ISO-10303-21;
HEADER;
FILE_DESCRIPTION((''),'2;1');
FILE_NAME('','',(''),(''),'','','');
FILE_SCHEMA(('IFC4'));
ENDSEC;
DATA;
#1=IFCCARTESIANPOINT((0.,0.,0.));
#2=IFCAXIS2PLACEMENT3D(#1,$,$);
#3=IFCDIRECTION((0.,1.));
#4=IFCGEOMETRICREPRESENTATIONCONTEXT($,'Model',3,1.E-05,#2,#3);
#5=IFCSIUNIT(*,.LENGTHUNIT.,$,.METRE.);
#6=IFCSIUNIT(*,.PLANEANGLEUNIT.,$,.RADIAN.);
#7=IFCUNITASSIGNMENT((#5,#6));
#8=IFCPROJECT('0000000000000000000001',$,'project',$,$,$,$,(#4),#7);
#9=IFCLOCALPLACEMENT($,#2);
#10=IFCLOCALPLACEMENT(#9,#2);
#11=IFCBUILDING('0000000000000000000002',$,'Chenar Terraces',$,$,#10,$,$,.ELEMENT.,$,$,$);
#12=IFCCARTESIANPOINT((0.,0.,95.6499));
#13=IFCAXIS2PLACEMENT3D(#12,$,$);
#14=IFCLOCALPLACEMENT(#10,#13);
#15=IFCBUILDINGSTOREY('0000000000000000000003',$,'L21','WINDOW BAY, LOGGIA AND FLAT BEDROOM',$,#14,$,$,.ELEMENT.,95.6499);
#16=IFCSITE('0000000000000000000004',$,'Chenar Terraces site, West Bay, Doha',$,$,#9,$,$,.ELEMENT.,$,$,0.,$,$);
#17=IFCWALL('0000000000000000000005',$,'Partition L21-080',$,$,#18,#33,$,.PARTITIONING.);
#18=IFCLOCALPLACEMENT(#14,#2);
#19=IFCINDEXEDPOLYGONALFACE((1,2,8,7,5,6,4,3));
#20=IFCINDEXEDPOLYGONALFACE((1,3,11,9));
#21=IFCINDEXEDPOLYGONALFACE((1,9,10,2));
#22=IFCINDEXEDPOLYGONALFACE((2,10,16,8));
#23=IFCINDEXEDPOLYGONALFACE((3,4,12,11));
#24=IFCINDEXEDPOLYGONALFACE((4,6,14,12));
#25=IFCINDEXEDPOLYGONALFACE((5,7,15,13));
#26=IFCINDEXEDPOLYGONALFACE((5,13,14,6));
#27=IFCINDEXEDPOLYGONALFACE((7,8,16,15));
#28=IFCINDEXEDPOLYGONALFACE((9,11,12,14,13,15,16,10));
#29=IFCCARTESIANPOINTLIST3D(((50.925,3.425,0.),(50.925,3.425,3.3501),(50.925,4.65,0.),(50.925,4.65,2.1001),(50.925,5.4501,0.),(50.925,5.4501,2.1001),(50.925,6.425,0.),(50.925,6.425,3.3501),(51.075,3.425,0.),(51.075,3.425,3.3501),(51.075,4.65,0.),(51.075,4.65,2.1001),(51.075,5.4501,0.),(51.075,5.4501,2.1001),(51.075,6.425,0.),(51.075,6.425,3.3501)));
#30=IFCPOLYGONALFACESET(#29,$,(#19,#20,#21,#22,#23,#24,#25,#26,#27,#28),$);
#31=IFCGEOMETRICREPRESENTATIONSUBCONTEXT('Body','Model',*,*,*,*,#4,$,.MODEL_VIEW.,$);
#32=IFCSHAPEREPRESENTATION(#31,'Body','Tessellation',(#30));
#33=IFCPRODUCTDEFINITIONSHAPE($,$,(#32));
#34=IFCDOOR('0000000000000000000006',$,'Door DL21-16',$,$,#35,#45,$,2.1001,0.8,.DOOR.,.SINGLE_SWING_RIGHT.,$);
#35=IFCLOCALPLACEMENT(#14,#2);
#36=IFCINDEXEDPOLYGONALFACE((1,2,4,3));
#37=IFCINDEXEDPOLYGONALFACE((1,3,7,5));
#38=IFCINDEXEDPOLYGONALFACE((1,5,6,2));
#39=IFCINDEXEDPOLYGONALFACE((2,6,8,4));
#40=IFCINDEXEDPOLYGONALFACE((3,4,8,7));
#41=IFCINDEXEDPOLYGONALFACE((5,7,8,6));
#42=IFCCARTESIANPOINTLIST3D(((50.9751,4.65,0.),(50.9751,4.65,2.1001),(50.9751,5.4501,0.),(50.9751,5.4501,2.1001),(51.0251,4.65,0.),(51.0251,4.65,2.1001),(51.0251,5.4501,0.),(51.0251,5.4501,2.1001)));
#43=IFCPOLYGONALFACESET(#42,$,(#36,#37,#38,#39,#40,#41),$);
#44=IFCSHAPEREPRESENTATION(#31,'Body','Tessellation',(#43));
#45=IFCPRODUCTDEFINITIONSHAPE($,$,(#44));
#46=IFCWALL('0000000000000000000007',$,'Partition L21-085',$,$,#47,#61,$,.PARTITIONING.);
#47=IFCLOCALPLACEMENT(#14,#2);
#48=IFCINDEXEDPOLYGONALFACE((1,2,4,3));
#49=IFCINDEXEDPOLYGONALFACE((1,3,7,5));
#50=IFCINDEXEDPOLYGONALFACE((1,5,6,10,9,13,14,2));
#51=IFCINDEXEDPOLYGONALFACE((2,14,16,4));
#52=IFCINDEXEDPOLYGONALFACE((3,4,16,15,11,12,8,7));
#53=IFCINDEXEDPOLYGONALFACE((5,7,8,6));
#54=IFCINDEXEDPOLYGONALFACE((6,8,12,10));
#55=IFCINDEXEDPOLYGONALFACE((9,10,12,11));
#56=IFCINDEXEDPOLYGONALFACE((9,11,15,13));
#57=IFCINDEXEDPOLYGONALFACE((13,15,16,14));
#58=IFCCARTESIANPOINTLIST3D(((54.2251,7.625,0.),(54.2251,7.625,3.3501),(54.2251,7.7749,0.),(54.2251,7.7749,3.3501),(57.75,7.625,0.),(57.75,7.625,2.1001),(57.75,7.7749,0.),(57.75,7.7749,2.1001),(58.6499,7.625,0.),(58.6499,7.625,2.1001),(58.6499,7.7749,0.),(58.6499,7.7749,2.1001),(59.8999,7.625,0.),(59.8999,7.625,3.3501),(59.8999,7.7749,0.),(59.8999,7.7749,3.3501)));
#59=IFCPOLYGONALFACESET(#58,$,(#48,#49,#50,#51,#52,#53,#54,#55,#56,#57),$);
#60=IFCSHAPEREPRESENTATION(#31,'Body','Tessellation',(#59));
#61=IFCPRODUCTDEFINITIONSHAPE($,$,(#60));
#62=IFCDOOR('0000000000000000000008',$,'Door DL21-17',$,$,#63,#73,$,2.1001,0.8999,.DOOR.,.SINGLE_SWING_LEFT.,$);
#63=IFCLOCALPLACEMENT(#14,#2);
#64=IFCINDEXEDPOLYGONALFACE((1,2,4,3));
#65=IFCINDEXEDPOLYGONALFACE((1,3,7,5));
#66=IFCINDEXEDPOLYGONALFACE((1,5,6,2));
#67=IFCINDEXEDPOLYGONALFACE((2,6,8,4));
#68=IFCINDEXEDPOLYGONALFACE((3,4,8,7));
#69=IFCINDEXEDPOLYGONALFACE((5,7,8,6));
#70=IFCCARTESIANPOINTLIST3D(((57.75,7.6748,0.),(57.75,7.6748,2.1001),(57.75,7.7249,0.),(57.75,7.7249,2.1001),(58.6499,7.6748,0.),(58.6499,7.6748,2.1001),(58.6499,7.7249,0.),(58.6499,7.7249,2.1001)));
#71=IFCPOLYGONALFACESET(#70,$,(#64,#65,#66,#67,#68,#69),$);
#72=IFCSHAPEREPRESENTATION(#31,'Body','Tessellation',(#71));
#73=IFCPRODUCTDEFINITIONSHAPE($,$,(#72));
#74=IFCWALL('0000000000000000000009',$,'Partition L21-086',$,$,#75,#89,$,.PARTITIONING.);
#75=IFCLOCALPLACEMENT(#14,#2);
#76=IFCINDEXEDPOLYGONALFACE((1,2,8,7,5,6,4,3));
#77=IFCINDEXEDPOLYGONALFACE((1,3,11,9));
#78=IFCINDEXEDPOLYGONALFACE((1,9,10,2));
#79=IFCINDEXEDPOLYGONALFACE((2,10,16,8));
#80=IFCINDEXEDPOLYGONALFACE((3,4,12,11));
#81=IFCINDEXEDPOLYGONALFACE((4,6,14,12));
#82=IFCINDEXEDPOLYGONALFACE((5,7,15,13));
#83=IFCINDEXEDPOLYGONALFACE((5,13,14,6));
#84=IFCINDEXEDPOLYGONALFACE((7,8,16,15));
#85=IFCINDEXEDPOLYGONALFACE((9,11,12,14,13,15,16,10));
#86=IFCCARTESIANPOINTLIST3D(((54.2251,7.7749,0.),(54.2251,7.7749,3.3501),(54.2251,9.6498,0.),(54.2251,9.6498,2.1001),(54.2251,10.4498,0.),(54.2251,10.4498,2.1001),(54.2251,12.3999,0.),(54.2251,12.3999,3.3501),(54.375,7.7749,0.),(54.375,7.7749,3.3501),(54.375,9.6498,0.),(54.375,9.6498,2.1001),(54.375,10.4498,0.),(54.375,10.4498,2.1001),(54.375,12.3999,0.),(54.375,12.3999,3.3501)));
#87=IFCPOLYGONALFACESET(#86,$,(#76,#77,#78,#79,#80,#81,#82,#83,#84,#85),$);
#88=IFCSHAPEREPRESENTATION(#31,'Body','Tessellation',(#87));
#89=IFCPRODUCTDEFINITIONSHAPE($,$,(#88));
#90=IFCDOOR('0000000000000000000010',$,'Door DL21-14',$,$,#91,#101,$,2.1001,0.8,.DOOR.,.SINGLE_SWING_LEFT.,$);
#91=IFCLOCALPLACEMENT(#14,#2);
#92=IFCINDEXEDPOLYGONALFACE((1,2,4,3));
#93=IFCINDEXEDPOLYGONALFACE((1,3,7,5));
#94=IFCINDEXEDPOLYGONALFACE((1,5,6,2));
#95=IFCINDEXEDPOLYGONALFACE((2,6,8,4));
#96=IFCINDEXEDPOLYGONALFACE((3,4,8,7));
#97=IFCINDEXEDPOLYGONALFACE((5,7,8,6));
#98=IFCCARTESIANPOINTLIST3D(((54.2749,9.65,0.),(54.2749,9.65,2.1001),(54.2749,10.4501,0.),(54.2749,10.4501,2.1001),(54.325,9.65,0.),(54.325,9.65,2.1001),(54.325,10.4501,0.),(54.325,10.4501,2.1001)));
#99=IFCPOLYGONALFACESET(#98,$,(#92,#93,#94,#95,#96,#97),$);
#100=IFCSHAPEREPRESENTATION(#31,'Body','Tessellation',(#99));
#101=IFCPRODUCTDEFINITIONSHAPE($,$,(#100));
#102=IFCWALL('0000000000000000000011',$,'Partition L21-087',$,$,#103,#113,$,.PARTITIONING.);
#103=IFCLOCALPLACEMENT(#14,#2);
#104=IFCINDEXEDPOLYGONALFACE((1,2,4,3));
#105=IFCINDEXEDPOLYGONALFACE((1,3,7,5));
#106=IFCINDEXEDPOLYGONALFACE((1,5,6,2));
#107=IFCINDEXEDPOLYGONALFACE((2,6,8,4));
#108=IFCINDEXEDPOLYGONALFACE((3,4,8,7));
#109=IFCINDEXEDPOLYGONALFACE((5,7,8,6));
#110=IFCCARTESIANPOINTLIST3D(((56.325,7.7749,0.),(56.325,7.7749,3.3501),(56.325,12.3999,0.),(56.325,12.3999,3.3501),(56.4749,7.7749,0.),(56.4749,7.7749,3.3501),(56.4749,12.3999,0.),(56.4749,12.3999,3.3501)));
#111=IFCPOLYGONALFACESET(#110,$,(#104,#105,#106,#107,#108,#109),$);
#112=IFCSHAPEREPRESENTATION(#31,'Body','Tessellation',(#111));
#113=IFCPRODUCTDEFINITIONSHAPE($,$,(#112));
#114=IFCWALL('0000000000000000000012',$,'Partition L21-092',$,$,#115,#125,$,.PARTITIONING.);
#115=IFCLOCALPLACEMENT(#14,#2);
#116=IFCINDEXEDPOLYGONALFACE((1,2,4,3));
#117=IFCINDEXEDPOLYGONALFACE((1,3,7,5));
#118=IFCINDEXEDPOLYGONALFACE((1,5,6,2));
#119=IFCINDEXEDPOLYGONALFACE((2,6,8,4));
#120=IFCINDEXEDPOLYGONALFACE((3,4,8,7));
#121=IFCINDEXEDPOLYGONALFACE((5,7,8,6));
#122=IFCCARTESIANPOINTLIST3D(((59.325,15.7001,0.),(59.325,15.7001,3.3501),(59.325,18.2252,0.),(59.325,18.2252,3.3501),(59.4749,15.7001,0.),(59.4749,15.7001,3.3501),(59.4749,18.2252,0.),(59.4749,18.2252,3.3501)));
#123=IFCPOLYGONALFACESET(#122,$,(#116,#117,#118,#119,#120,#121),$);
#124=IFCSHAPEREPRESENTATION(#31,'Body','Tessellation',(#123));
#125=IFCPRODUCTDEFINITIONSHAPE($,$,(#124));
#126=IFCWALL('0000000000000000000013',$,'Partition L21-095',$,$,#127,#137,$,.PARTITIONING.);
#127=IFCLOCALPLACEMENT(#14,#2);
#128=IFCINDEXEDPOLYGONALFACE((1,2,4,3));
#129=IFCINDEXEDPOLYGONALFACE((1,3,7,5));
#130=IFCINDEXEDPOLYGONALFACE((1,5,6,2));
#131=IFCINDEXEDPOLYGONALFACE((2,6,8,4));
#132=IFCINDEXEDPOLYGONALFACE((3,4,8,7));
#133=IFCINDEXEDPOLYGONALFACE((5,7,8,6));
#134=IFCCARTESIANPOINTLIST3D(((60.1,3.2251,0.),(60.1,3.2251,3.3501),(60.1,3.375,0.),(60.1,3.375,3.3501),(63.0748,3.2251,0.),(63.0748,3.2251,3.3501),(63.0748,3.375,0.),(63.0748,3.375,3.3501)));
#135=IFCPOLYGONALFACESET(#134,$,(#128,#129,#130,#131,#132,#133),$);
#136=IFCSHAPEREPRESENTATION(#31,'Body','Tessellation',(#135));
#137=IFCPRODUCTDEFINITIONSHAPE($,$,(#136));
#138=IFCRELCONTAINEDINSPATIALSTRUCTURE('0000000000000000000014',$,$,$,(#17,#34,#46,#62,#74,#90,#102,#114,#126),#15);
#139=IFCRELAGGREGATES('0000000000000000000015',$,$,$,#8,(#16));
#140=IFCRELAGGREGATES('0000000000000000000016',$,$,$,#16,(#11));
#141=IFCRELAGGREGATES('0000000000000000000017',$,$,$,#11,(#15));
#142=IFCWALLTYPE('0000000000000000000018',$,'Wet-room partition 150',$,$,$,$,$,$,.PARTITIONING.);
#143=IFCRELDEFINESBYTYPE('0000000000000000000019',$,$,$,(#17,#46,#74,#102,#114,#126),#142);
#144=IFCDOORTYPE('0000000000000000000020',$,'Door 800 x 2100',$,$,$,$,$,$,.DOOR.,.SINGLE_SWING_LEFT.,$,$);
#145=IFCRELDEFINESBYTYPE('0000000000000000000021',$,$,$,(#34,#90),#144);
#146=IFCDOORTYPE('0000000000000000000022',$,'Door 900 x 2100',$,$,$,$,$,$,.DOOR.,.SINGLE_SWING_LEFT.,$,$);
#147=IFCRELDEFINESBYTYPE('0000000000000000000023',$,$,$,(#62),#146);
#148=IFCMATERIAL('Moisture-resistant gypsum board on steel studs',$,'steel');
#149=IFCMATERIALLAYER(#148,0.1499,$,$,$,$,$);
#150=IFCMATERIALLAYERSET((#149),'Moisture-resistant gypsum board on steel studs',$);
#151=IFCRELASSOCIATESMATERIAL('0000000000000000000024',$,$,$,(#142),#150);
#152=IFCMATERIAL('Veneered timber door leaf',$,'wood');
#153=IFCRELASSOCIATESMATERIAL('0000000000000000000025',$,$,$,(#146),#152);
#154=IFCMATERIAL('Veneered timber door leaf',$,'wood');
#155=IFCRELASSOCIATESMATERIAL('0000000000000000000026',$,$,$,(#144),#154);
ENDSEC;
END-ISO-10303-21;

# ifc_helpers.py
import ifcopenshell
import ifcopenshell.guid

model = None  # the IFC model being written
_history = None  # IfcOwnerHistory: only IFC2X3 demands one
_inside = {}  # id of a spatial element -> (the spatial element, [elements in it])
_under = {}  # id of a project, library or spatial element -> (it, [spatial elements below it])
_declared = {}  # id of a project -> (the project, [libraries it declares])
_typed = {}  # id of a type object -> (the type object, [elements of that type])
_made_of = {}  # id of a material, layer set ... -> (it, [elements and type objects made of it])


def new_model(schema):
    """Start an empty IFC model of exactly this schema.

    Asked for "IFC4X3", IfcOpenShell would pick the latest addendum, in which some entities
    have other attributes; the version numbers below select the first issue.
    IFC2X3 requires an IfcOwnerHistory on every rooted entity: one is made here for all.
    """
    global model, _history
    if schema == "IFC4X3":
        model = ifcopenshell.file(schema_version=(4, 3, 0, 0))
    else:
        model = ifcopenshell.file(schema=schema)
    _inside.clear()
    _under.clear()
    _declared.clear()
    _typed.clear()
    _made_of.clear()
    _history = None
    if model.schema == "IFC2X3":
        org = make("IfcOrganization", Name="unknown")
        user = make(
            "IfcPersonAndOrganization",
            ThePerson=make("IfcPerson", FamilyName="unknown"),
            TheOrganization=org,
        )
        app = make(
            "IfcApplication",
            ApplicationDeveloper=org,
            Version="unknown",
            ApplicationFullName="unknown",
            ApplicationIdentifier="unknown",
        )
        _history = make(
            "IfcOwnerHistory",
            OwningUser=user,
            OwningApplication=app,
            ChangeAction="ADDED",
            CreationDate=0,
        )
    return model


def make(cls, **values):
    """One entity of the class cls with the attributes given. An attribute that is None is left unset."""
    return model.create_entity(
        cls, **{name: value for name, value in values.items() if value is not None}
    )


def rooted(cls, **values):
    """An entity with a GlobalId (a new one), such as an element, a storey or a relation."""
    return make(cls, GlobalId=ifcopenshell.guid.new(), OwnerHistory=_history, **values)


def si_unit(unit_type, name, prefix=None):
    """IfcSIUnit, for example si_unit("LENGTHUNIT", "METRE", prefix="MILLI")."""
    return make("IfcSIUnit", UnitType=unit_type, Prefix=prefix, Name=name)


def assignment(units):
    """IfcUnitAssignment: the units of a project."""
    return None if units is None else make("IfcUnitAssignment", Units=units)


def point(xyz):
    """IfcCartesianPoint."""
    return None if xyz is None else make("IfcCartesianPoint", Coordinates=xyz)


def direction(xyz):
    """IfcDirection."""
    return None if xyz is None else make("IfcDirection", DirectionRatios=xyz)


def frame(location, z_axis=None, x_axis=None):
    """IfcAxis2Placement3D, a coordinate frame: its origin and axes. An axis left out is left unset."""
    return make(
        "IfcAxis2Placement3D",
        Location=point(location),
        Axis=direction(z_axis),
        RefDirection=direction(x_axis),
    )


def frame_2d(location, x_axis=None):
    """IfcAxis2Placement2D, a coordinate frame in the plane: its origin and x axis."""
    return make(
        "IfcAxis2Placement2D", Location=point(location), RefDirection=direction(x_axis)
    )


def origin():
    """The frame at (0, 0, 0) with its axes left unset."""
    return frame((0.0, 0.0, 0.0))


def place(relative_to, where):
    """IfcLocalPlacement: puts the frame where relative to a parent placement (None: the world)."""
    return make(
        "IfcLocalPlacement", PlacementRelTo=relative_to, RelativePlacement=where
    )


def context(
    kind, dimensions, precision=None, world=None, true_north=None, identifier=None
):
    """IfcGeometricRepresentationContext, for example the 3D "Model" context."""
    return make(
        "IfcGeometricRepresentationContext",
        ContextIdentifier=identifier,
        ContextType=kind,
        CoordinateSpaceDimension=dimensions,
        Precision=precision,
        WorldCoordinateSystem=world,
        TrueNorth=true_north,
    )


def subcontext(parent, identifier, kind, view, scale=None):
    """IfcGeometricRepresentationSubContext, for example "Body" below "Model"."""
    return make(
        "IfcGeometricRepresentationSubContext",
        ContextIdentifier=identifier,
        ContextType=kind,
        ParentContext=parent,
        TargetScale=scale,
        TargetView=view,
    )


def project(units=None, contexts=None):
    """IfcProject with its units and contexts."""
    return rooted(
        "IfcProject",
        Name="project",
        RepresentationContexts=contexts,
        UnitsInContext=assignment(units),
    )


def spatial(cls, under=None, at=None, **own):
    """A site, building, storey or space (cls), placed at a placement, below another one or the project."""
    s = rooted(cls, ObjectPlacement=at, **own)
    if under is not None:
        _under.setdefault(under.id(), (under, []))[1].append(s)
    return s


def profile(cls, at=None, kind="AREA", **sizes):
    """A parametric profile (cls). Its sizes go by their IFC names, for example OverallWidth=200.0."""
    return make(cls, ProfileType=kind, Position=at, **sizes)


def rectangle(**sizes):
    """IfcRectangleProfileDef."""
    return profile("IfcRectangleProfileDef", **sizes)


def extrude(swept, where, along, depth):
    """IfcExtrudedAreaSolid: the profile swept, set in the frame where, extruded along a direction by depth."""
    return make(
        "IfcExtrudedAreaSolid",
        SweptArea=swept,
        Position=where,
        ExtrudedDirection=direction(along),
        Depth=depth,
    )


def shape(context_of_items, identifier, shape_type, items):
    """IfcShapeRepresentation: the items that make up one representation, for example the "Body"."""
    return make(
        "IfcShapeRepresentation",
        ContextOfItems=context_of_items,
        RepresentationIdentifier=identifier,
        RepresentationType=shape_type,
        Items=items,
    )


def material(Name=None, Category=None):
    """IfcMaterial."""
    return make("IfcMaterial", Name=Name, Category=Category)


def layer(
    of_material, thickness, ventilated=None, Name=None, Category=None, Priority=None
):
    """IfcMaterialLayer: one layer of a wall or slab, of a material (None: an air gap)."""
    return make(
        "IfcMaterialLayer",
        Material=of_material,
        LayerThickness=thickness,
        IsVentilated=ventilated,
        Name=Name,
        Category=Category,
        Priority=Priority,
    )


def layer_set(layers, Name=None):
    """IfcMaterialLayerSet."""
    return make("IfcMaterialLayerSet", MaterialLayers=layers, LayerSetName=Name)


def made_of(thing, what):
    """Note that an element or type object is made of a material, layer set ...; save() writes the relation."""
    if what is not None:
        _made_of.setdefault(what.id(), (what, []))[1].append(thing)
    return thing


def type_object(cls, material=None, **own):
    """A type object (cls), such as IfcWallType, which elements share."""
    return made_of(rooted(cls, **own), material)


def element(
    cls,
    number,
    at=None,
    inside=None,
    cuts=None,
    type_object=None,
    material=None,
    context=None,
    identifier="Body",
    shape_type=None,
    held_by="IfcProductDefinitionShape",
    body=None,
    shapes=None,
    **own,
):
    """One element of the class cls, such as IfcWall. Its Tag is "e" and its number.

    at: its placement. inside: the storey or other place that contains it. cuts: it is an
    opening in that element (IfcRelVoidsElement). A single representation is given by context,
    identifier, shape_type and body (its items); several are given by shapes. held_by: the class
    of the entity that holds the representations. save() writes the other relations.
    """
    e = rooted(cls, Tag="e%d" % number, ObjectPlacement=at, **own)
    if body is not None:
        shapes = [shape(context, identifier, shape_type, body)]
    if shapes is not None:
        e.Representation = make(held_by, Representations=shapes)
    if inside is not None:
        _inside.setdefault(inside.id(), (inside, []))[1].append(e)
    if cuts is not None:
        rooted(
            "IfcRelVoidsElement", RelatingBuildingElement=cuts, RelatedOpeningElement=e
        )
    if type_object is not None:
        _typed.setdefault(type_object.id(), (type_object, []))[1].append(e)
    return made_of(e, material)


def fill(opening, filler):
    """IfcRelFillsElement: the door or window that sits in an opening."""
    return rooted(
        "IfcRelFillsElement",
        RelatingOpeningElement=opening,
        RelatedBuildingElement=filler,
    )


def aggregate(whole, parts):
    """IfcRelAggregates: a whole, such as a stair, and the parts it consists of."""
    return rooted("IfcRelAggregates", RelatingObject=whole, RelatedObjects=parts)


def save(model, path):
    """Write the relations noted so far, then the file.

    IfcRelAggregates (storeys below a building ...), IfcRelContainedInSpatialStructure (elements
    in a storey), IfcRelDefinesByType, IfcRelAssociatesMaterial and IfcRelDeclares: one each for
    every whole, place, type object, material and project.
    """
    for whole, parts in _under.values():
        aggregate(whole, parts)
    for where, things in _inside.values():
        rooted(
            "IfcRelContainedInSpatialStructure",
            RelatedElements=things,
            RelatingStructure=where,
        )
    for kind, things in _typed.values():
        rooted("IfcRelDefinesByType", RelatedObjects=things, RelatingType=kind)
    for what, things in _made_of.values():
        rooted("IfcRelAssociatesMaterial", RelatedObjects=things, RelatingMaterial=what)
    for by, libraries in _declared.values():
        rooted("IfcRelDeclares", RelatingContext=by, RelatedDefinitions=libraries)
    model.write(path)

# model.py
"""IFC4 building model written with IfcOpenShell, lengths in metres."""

from ifc_helpers import new_model, si_unit, direction, frame, frame_2d, origin, place, context, subcontext, project, spatial, rectangle, extrude, material, layer, layer_set, type_object, element, fill, save


model = new_model("IFC4")

# Units and contexts
model_context = context("Model", 3, precision=1e-05, world=origin(), true_north=direction((0.0, 1.0)))
body_context = subcontext(model_context, "Body", "Model", "MODEL_VIEW")
ifc_project = project(units=[si_unit("LENGTHUNIT", "METRE"), si_unit("PLANEANGLEUNIT", "RADIAN")], contexts=[model_context])

# Site, building, storey
site_placement = place(None, origin())
site = spatial("IfcSite", under=ifc_project, at=site_placement, Name="Chenar Terraces site, West Bay, Doha", CompositionType="ELEMENT", RefElevation=0.0)
building_placement = place(site_placement, origin())
building = spatial("IfcBuilding", under=site, at=building_placement, Name="Chenar Terraces", CompositionType="ELEMENT")
storey_placement = place(building_placement, frame((0.0, 0.0, 95.6499)))
storey = spatial("IfcBuildingStorey", under=building, at=storey_placement, Name="L21", Description="WINDOW BAY, LOGGIA AND FLAT BEDROOM", CompositionType="ELEMENT", Elevation=95.6499)

# Shared definitions
ifc_material_1 = material(Name="Moisture-resistant gypsum board on steel studs", Category="steel")
ifc_layer_1 = layer(ifc_material_1, 0.1499)
ifc_layer_set_1 = layer_set([ifc_layer_1], Name="Moisture-resistant gypsum board on steel studs")
wall_type_1 = type_object("IfcWallType", Name="Wet-room partition 150", PredefinedType="PARTITIONING", material=ifc_layer_set_1)

# Walls, openings, doors
ifc_material_2 = material(Name="Veneered timber door leaf", Category="wood")
door_type_1 = type_object("IfcDoorType", Name="Door 900 x 2100", OperationType="SINGLE_SWING_LEFT", PredefinedType="DOOR", material=ifc_material_2)
wall_1_placement = place(storey_placement, frame((51.0, 3.425, 0.0), z_axis=(0.0, 0.0, 1.0), x_axis=(0.0, 1.0, 0.0)))
wall_1 = element("IfcWall", 1, at=wall_1_placement, inside=storey, type_object=wall_type_1, Name="Partition L21-080", PredefinedType="PARTITIONING", context=body_context, shape_type="SweptSolid", body=[
    extrude(rectangle(XDim=3.0, YDim=0.1499, at=frame_2d((1.5, 0.0))), origin(), (0.0, 0.0, 1.0), 3.3501),
])
opening_1_placement = place(wall_1_placement, frame((1.2251, 0.0, 0.0)))
opening_1 = element("IfcOpeningElement", 2, at=opening_1_placement, cuts=wall_1, PredefinedType="OPENING", context=body_context, shape_type="SweptSolid", body=[
    extrude(rectangle(XDim=0.8, YDim=2.1001, at=frame_2d((0.3999, 1.05))), frame((0.0, 0.085, 0.0), z_axis=(0.0, -1.0, 0.0), x_axis=(1.0, 0.0, 0.0)), (0.0, 0.0, 1.0), 0.1699),
])
ifc_material_3 = material(Name="Veneered timber door leaf", Category="wood")
door_type_2 = type_object("IfcDoorType", Name="Door 800 x 2100", OperationType="SINGLE_SWING_LEFT", PredefinedType="DOOR", material=ifc_material_3)
door_1_placement = place(opening_1_placement, origin())
door_1 = element("IfcDoor", 3, at=door_1_placement, inside=storey, type_object=door_type_2, Name="Door DL21-16", OperationType="SINGLE_SWING_RIGHT", OverallHeight=2.1001, OverallWidth=0.8, PredefinedType="DOOR", context=body_context, shape_type="SweptSolid", body=[
    extrude(rectangle(XDim=0.8, YDim=2.1001, at=frame_2d((0.3999, 1.05))), frame((0.0, 0.0249, 0.0), z_axis=(0.0, -1.0, 0.0), x_axis=(1.0, 0.0, 0.0)), (0.0, 0.0, 1.0), 0.05),
])
fill(opening_1, door_1)
wall_2_placement = place(storey_placement, frame((54.2251, 7.7, 0.0), z_axis=(0.0, 0.0, 1.0), x_axis=(1.0, 0.0, 0.0)))
wall_2 = element("IfcWall", 4, at=wall_2_placement, inside=storey, type_object=wall_type_1, Name="Partition L21-085", PredefinedType="PARTITIONING", context=body_context, shape_type="SweptSolid", body=[
    extrude(rectangle(XDim=5.6748, YDim=0.1499, at=frame_2d((2.8374, 0.0))), origin(), (0.0, 0.0, 1.0), 3.3501),
])
opening_2_placement = place(wall_2_placement, frame((3.5249, 0.0, 0.0)))
opening_2 = element("IfcOpeningElement", 5, at=opening_2_placement, cuts=wall_2, PredefinedType="OPENING", context=body_context, shape_type="SweptSolid", body=[
    extrude(rectangle(XDim=0.8999, YDim=2.1001, at=frame_2d((0.45, 1.05))), frame((0.0, 0.085, 0.0), z_axis=(0.0, -1.0, 0.0), x_axis=(1.0, 0.0, 0.0)), (0.0, 0.0, 1.0), 0.1699),
])
door_2_placement = place(opening_2_placement, origin())
door_2 = element("IfcDoor", 6, at=door_2_placement, inside=storey, type_object=door_type_1, Name="Door DL21-17", OperationType="SINGLE_SWING_LEFT", OverallHeight=2.1001, OverallWidth=0.8999, PredefinedType="DOOR", context=body_context, shape_type="SweptSolid", body=[
    extrude(rectangle(XDim=0.8999, YDim=2.1001, at=frame_2d((0.45, 1.05))), frame((0.0, 0.0249, 0.0), z_axis=(0.0, -1.0, 0.0), x_axis=(1.0, 0.0, 0.0)), (0.0, 0.0, 1.0), 0.05),
])
fill(opening_2, door_2)
wall_3_placement = place(storey_placement, frame((54.3, 7.7749, 0.0), z_axis=(0.0, 0.0, 1.0), x_axis=(0.0, 1.0, 0.0)))
wall_3 = element("IfcWall", 7, at=wall_3_placement, inside=storey, type_object=wall_type_1, Name="Partition L21-086", PredefinedType="PARTITIONING", context=body_context, shape_type="SweptSolid", body=[
    extrude(rectangle(XDim=4.625, YDim=0.1499, at=frame_2d((2.3125, 0.0))), origin(), (0.0, 0.0, 1.0), 3.3501),
])
opening_3_placement = place(wall_3_placement, frame((1.875, 0.0, 0.0)))
opening_3 = element("IfcOpeningElement", 8, at=opening_3_placement, cuts=wall_3, PredefinedType="OPENING", context=body_context, shape_type="SweptSolid", body=[
    extrude(rectangle(XDim=0.8, YDim=2.1001, at=frame_2d((0.3999, 1.05))), frame((0.0, 0.085, 0.0), z_axis=(0.0, -1.0, 0.0), x_axis=(1.0, 0.0, 0.0)), (0.0, 0.0, 1.0), 0.1699),
])
door_3_placement = place(opening_3_placement, frame((0.8, 0.0, 0.0), z_axis=(0.0, 0.0, 1.0), x_axis=(-1.0, 0.0, 0.0)))
door_3 = element("IfcDoor", 9, at=door_3_placement, inside=storey, type_object=door_type_2, Name="Door DL21-14", OperationType="SINGLE_SWING_LEFT", OverallHeight=2.1001, OverallWidth=0.8, PredefinedType="DOOR", context=body_context, shape_type="SweptSolid", body=[
    extrude(rectangle(XDim=0.8, YDim=2.1001, at=frame_2d((0.3999, 1.05))), frame((0.0, 0.0249, 0.0), z_axis=(0.0, -1.0, 0.0), x_axis=(1.0, 0.0, 0.0)), (0.0, 0.0, 1.0), 0.05),
])
fill(opening_3, door_3)

# Walls
wall_4_placement = place(storey_placement, frame((56.3999, 7.7749, 0.0), z_axis=(0.0, 0.0, 1.0), x_axis=(0.0, 1.0, 0.0)))
element("IfcWall", 10, at=wall_4_placement, inside=storey, type_object=wall_type_1, Name="Partition L21-087", PredefinedType="PARTITIONING", context=body_context, shape_type="SweptSolid", body=[
    extrude(rectangle(XDim=4.625, YDim=0.1499, at=frame_2d((2.3125, 0.0))), origin(), (0.0, 0.0, 1.0), 3.3501),
])
wall_5_placement = place(storey_placement, frame((59.3999, 15.7, 0.0), z_axis=(0.0, 0.0, 1.0), x_axis=(0.0, 1.0, 0.0)))
element("IfcWall", 11, at=wall_5_placement, inside=storey, type_object=wall_type_1, Name="Partition L21-092", PredefinedType="PARTITIONING", context=body_context, shape_type="SweptSolid", body=[
    extrude(rectangle(XDim=2.5251, YDim=0.1499, at=frame_2d((1.2627, 0.0))), origin(), (0.0, 0.0, 1.0), 3.3501),
])
wall_6_placement = place(storey_placement, frame((60.1001, 3.3, 0.0), z_axis=(0.0, 0.0, 1.0), x_axis=(1.0, 0.0, 0.0)))
element("IfcWall", 12, at=wall_6_placement, inside=storey, type_object=wall_type_1, Name="Partition L21-095", PredefinedType="PARTITIONING", context=body_context, shape_type="SweptSolid", body=[
    extrude(rectangle(XDim=2.9749, YDim=0.1499, at=frame_2d((1.4873, 0.0))), origin(), (0.0, 0.0, 1.0), 3.3501),
])

save(model, "model.ifc")
